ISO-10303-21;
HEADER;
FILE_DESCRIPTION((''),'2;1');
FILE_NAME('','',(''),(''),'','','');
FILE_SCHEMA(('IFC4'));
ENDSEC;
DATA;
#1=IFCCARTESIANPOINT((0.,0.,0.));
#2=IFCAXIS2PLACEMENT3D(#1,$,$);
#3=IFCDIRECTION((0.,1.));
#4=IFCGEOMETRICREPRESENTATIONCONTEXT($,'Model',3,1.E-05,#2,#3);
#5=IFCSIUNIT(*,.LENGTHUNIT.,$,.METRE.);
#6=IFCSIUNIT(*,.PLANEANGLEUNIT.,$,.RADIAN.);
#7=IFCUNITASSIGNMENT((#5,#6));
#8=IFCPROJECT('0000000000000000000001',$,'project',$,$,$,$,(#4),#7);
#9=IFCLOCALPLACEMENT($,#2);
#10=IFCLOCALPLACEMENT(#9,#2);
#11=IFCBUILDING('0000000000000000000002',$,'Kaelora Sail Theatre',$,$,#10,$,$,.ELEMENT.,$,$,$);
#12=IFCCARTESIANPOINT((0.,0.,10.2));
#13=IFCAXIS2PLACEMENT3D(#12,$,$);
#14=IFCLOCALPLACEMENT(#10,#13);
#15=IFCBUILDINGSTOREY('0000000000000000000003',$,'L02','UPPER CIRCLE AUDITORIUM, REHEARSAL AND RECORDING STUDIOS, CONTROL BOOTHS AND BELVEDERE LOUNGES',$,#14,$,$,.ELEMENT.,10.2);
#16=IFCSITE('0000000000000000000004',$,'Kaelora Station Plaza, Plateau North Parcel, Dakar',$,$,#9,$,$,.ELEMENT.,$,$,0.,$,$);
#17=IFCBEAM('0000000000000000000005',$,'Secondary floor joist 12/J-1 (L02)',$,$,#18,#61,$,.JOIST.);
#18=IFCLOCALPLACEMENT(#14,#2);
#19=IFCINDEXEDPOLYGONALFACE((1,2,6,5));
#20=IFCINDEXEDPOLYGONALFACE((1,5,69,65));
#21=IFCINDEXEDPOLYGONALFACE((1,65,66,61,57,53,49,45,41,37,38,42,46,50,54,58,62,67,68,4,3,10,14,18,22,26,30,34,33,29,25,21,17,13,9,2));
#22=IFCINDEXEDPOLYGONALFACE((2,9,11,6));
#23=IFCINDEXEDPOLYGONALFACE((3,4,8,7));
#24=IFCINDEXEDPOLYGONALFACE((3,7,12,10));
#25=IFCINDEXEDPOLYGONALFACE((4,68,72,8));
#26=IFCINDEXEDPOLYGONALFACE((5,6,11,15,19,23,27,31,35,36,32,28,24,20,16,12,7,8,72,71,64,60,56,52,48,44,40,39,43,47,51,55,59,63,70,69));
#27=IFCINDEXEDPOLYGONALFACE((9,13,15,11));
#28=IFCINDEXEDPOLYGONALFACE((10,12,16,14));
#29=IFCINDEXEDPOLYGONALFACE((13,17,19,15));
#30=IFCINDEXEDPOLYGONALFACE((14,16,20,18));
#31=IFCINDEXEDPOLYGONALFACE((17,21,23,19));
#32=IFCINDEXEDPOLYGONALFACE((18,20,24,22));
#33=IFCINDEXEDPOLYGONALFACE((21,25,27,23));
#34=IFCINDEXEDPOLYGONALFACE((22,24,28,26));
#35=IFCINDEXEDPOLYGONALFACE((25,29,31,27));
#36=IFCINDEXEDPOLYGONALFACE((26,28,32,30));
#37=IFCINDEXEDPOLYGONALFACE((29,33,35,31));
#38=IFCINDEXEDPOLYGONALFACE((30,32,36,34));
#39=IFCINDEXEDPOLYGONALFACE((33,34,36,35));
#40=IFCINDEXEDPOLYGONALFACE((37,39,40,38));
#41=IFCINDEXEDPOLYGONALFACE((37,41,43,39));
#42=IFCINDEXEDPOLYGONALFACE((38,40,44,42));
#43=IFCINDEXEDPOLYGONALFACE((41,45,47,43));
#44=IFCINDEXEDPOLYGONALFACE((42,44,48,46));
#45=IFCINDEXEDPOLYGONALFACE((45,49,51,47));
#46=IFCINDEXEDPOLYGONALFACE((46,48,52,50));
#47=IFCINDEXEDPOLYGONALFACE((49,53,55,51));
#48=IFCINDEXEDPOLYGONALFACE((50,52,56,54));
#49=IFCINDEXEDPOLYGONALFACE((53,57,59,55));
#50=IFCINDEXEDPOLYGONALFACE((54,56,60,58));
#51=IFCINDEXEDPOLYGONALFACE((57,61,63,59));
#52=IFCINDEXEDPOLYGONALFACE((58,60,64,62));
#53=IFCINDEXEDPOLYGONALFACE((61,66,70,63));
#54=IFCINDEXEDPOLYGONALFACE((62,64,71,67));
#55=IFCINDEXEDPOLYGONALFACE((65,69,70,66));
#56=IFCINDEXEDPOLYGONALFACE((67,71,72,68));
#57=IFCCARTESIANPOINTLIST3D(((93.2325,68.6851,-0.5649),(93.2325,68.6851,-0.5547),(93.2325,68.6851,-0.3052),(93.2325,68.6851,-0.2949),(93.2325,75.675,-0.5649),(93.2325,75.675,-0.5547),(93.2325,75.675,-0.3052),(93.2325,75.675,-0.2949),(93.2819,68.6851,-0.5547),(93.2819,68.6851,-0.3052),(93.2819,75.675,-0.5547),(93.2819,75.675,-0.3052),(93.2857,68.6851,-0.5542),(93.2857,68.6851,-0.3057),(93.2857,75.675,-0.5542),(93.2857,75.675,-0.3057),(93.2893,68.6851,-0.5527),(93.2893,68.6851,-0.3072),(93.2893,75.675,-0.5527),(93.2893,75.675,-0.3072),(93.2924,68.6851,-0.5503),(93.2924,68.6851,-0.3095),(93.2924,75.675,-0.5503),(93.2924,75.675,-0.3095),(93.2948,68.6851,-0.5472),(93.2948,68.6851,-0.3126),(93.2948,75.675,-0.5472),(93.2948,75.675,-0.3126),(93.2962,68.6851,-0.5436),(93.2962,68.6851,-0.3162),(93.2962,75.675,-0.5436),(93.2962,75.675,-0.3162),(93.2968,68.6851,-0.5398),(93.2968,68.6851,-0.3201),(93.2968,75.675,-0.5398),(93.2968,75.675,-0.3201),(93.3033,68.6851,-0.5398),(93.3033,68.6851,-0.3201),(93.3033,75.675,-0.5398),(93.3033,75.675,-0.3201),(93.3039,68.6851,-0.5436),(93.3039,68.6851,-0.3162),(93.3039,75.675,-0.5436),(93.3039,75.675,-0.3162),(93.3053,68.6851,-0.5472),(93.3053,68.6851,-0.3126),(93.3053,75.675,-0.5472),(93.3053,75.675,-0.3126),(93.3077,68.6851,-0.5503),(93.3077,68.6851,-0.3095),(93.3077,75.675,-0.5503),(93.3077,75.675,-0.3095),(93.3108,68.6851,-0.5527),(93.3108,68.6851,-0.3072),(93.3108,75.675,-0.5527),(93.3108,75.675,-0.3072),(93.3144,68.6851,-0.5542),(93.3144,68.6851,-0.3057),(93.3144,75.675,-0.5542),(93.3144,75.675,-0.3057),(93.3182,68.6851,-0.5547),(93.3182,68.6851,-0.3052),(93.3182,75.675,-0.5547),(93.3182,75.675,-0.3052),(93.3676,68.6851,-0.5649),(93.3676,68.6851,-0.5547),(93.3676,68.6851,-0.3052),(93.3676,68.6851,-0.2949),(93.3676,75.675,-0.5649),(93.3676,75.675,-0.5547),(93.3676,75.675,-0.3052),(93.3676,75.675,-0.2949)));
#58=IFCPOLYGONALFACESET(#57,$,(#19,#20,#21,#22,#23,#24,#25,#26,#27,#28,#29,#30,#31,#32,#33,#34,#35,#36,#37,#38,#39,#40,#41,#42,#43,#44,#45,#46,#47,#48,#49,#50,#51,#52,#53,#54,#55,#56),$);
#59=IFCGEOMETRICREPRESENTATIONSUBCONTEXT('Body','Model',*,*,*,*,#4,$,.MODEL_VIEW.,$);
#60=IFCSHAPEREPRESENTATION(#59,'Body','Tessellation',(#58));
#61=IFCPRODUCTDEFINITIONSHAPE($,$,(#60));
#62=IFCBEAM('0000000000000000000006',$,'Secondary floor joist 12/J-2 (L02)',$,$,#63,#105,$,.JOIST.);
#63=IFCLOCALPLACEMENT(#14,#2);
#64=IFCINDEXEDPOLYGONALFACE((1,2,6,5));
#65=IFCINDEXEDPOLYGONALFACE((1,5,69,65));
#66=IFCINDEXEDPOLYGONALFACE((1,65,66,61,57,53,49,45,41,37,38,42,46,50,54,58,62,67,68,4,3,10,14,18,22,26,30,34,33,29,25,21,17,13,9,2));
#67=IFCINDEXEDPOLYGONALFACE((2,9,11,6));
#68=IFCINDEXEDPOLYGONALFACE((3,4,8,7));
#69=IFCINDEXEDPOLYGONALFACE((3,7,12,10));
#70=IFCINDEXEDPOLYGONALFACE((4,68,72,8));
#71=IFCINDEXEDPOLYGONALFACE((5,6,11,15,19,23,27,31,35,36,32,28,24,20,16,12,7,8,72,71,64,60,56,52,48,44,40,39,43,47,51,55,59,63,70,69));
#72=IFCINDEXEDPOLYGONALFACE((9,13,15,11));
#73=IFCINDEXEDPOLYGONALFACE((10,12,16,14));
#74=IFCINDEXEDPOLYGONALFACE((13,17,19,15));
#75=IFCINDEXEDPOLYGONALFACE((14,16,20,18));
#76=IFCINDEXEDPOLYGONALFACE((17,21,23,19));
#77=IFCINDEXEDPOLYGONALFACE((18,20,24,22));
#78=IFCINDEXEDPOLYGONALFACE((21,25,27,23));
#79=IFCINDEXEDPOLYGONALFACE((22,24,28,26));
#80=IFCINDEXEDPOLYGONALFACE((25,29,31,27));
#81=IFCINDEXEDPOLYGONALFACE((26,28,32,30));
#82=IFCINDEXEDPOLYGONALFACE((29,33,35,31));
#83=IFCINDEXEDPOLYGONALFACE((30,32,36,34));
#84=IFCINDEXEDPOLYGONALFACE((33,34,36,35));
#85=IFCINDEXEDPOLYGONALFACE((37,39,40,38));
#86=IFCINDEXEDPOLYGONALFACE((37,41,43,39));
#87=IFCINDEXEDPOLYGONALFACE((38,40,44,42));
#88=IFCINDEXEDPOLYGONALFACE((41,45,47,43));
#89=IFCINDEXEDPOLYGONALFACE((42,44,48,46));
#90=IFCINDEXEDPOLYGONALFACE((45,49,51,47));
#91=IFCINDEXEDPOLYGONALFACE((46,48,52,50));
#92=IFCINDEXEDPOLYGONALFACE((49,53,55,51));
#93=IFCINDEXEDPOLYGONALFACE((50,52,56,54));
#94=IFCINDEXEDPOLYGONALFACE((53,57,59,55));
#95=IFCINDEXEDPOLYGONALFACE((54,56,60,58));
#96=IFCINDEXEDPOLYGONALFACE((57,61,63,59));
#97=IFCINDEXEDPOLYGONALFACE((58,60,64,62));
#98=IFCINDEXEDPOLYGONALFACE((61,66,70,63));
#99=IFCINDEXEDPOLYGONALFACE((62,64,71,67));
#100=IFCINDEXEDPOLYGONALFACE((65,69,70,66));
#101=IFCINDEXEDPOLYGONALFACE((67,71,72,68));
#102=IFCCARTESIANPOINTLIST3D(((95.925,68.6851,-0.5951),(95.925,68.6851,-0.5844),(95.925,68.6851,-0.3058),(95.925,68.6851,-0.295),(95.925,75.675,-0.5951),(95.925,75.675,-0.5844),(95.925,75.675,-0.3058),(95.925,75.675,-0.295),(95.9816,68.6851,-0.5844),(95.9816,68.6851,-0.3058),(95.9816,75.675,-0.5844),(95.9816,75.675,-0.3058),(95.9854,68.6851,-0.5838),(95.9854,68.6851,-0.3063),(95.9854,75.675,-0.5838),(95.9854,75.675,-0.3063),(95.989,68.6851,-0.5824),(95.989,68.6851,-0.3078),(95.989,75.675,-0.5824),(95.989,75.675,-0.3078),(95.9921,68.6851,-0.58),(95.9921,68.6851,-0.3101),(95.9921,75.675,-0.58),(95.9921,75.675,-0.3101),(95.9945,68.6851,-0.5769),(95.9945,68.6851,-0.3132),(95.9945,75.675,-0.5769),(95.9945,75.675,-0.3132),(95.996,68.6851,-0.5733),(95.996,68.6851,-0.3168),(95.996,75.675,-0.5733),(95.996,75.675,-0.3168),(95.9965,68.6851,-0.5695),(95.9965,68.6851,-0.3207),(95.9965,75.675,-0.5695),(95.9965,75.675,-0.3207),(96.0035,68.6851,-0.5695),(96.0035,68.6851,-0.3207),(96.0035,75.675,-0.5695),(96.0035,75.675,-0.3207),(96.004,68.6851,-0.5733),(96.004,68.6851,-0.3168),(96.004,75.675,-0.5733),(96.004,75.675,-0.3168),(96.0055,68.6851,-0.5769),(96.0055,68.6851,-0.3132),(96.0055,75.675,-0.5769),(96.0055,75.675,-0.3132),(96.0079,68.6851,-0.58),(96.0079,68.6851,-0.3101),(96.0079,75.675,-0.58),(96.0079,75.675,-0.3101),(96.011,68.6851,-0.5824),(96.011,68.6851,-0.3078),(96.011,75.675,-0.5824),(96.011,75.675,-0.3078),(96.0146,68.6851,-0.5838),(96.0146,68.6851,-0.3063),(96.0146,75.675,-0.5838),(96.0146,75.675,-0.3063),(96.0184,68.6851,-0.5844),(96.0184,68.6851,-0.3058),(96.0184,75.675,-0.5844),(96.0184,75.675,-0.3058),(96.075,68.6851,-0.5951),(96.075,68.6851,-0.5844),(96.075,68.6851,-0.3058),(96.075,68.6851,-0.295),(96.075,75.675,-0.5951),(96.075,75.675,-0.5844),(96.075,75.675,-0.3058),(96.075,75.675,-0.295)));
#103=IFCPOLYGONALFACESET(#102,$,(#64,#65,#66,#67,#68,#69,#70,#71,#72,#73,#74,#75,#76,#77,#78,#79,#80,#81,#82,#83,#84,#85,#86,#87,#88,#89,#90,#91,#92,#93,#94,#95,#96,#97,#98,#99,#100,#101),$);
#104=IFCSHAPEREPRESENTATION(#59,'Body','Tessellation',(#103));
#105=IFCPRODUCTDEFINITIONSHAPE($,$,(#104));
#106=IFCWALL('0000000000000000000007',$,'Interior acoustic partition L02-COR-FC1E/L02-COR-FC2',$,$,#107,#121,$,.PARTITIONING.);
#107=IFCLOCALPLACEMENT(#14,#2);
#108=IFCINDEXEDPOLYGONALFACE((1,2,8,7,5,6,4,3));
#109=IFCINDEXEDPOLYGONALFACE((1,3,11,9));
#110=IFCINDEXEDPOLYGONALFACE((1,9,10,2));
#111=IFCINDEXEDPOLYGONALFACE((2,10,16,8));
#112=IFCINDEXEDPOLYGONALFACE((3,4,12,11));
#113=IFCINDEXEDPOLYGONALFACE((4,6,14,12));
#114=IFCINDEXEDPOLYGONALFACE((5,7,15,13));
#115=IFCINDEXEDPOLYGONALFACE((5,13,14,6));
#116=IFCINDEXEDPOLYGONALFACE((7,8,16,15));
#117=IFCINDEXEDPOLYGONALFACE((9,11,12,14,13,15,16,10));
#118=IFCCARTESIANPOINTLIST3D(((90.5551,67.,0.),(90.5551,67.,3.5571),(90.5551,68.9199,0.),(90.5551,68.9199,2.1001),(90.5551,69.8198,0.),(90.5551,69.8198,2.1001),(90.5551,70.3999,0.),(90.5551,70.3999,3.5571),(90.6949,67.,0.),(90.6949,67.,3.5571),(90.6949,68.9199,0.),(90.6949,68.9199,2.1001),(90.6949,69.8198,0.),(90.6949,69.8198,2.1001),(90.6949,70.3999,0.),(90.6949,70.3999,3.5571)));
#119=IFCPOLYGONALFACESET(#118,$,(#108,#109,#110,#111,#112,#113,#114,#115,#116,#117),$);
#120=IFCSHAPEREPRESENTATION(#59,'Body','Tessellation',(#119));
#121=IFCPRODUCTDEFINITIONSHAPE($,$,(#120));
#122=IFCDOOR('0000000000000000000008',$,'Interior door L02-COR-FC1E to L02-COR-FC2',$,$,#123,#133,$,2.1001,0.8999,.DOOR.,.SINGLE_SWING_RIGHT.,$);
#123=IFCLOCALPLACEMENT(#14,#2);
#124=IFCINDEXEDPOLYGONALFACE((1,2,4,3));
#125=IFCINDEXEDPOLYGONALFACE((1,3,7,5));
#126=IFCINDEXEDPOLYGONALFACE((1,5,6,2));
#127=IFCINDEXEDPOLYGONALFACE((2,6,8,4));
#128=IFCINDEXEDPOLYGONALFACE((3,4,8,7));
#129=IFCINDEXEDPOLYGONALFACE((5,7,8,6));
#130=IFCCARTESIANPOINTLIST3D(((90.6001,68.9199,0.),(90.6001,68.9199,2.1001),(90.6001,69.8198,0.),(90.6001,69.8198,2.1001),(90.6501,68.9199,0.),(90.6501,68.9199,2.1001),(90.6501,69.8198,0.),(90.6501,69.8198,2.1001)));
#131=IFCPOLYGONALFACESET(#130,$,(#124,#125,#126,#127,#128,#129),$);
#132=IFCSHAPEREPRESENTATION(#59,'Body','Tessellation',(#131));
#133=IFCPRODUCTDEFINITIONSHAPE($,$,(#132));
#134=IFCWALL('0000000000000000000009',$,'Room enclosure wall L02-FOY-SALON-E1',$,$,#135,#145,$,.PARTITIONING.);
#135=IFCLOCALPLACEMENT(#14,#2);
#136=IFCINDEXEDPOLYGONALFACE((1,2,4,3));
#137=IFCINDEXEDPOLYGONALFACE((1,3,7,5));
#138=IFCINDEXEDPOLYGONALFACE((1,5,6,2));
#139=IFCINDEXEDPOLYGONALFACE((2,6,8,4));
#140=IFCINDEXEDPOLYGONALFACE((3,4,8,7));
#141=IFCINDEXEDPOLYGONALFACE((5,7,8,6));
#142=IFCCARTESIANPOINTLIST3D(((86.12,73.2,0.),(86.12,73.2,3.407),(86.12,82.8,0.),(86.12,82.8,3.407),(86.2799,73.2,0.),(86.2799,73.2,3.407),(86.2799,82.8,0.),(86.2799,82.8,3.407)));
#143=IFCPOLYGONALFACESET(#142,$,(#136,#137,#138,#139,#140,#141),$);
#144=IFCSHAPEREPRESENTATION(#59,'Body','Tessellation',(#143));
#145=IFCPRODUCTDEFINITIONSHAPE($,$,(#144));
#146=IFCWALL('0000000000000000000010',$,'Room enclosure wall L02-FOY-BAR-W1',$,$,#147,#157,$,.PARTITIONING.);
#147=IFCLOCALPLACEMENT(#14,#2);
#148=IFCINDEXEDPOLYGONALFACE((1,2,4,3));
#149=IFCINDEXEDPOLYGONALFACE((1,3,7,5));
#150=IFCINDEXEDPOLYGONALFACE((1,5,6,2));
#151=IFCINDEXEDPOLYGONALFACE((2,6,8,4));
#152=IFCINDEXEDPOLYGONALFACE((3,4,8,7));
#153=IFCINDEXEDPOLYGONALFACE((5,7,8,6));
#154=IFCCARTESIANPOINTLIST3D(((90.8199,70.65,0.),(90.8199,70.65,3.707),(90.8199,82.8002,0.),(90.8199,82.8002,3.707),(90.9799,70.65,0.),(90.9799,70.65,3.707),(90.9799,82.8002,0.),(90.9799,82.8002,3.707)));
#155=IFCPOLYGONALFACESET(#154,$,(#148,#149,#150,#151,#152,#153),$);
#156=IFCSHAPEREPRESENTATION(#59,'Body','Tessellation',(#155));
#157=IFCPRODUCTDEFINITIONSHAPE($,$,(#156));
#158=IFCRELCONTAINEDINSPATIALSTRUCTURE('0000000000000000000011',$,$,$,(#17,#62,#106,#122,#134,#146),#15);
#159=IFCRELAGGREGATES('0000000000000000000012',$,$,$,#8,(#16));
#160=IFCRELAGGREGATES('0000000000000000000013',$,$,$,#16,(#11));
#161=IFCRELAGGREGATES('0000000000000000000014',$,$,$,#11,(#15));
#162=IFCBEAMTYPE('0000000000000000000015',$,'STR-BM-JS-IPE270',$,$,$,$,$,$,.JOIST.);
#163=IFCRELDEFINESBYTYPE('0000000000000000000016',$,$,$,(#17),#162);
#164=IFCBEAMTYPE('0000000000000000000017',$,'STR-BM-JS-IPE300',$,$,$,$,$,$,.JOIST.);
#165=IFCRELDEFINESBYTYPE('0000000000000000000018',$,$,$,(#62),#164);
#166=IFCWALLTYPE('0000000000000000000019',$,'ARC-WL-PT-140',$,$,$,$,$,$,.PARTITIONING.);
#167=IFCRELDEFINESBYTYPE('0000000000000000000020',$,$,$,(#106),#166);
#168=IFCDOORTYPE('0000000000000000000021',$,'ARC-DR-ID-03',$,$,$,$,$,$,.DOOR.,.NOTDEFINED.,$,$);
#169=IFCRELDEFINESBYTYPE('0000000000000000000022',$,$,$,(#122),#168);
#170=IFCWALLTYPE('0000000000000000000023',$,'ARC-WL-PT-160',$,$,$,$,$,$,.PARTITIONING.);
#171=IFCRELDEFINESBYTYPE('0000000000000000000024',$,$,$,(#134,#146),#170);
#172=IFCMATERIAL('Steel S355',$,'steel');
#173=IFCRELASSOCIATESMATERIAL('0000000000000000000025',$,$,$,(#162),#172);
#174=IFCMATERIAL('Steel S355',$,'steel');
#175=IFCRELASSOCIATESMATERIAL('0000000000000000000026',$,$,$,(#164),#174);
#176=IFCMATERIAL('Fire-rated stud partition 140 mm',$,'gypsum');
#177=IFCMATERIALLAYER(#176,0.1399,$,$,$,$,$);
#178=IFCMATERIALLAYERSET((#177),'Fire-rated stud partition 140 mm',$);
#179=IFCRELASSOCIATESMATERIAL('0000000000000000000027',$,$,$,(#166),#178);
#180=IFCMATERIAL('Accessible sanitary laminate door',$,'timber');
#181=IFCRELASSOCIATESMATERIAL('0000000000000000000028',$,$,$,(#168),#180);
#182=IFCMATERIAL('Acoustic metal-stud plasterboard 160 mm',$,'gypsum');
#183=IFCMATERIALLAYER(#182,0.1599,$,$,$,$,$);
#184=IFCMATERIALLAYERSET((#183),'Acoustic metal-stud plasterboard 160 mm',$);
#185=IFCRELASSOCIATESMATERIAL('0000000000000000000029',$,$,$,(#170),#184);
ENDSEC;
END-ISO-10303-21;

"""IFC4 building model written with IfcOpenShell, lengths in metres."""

from ifc_helpers import new_model, si_unit, direction, frame, frame_2d, origin, origin_2d, place, context, subcontext, project, spatial, rectangle, i_section, extrude, material, layer, layer_set, material_profile, profile_set, type_object, element, fill, save


model = new_model("IFC4")

# Units and contexts
model_context = context("Model", 3, precision=1e-05, world=origin(), true_north=direction((0.0, 1.0)))
body_context = subcontext(model_context, "Body", "Model", "MODEL_VIEW")
ifc_project = project(units=[si_unit("LENGTHUNIT", "METRE"), si_unit("PLANEANGLEUNIT", "RADIAN")], contexts=[model_context])

# Site, building, storey
site_placement = place(None, origin())
site = spatial("IfcSite", under=ifc_project, at=site_placement, Name="Kaelora Station Plaza, Plateau North Parcel, Dakar", CompositionType="ELEMENT", RefElevation=0.0)
building_placement = place(site_placement, origin())
building = spatial("IfcBuilding", under=site, at=building_placement, Name="Kaelora Sail Theatre", CompositionType="ELEMENT")
storey_placement = place(building_placement, frame((0.0, 0.0, 10.2)))
storey = spatial("IfcBuildingStorey", under=building, at=storey_placement, Name="L02", Description="UPPER CIRCLE AUDITORIUM, REHEARSAL AND RECORDING STUDIOS, CONTROL BOOTHS AND BELVEDERE LOUNGES", CompositionType="ELEMENT", Elevation=10.2)

# Beams
ifc_material_1 = material(Name="Steel S355", Category="steel")
ifc_material_profile_1 = material_profile(ifc_material_1, i_section(OverallWidth=0.135, OverallDepth=0.27, WebThickness=0.0066, FlangeThickness=0.0103, FilletRadius=0.0149, at=origin_2d()), Name="IPE 270")
ifc_profile_set_1 = profile_set([ifc_material_profile_1], Name="Steel S355")
beam_type_1 = type_object("IfcBeamType", Name="STR-BM-JS-IPE270", PredefinedType="JOIST", material=ifc_profile_set_1)
beam_1_placement = place(storey_placement, frame((93.3, 68.6851, -0.4299), z_axis=(0.0, 1.0, 0.0), x_axis=(-1.0, 0.0, 0.0)))
element("IfcBeam", 1, at=beam_1_placement, inside=storey, type_object=beam_type_1, Name="Secondary floor joist 12/J-1 (L02)", PredefinedType="JOIST", context=body_context, shape_type="SweptSolid", body=[
    extrude(i_section(OverallWidth=0.135, OverallDepth=0.27, WebThickness=0.0066, FlangeThickness=0.0103, FilletRadius=0.0149, at=origin_2d()), origin(), (0.0, 0.0, 1.0), 6.99),
])
ifc_material_2 = material(Name="Steel S355", Category="steel")
ifc_material_profile_2 = material_profile(ifc_material_2, i_section(OverallWidth=0.1499, OverallDepth=0.3, WebThickness=0.0071, FlangeThickness=0.0107, FilletRadius=0.0149, at=origin_2d()), Name="IPE 300")
ifc_profile_set_2 = profile_set([ifc_material_profile_2], Name="Steel S355")
beam_type_2 = type_object("IfcBeamType", Name="STR-BM-JS-IPE300", PredefinedType="JOIST", material=ifc_profile_set_2)
beam_2_placement = place(storey_placement, frame((96.0, 68.6851, -0.4451), z_axis=(0.0, 1.0, 0.0), x_axis=(-1.0, 0.0, 0.0)))
element("IfcBeam", 2, at=beam_2_placement, inside=storey, type_object=beam_type_2, Name="Secondary floor joist 12/J-2 (L02)", PredefinedType="JOIST", context=body_context, shape_type="SweptSolid", body=[
    extrude(i_section(OverallWidth=0.1499, OverallDepth=0.3, WebThickness=0.0071, FlangeThickness=0.0107, FilletRadius=0.0149, at=origin_2d()), origin(), (0.0, 0.0, 1.0), 6.99),
])

# Wall, opening, door
ifc_material_3 = material(Name="Fire-rated stud partition 140 mm", Category="gypsum")
ifc_layer_1 = layer(ifc_material_3, 0.1399)
ifc_layer_set_1 = layer_set([ifc_layer_1], Name="Fire-rated stud partition 140 mm")
wall_type_1 = type_object("IfcWallType", Name="ARC-WL-PT-140", PredefinedType="PARTITIONING", material=ifc_layer_set_1)
wall_1_placement = place(storey_placement, frame((90.625, 67.0, 0.0), z_axis=(0.0, 0.0, 1.0), x_axis=(0.0, 1.0, 0.0)))
wall_1 = element("IfcWall", 3, at=wall_1_placement, inside=storey, type_object=wall_type_1, Name="Interior acoustic partition L02-COR-FC1E/L02-COR-FC2", PredefinedType="PARTITIONING", context=body_context, shape_type="SweptSolid", body=[
    extrude(rectangle(XDim=3.3999, YDim=0.1399, at=frame_2d((1.7, 0.0))), origin(), (0.0, 0.0, 1.0), 3.5571),
])
opening_1_placement = place(wall_1_placement, frame((1.9199, 0.0, 0.0)))
opening_1 = element("IfcOpeningElement", 4, at=opening_1_placement, cuts=wall_1, PredefinedType="OPENING", context=body_context, shape_type="SweptSolid", body=[
    extrude(rectangle(XDim=0.8999, YDim=2.1001, at=frame_2d((0.45, 1.05))), frame((0.0, 0.0798, 0.0), z_axis=(0.0, -1.0, 0.0), x_axis=(1.0, 0.0, 0.0)), (0.0, 0.0, 1.0), 0.1599),
])
ifc_material_4 = material(Name="Accessible sanitary laminate door", Category="timber")
door_type_1 = type_object("IfcDoorType", Name="ARC-DR-ID-03", OperationType="NOTDEFINED", PredefinedType="DOOR", material=ifc_material_4)
door_1_placement = place(opening_1_placement, origin())
door_1 = element("IfcDoor", 5, at=door_1_placement, inside=storey, type_object=door_type_1, Name="Interior door L02-COR-FC1E to L02-COR-FC2", OperationType="SINGLE_SWING_RIGHT", OverallHeight=2.1001, OverallWidth=0.8999, PredefinedType="DOOR", context=body_context, shape_type="SweptSolid", body=[
    extrude(rectangle(XDim=0.8999, YDim=2.1001, at=frame_2d((0.45, 1.05))), frame((0.0, 0.0249, 0.0), z_axis=(0.0, -1.0, 0.0), x_axis=(1.0, 0.0, 0.0)), (0.0, 0.0, 1.0), 0.05),
])
fill(opening_1, door_1)

# Walls
ifc_material_5 = material(Name="Acoustic metal-stud plasterboard 160 mm", Category="gypsum")
ifc_layer_2 = layer(ifc_material_5, 0.1599)
ifc_layer_set_2 = layer_set([ifc_layer_2], Name="Acoustic metal-stud plasterboard 160 mm")
wall_type_2 = type_object("IfcWallType", Name="ARC-WL-PT-160", PredefinedType="PARTITIONING", material=ifc_layer_set_2)
wall_2_placement = place(storey_placement, frame((86.2, 73.2, 0.0), z_axis=(0.0, 0.0, 1.0), x_axis=(0.0, 1.0, 0.0)))
element("IfcWall", 6, at=wall_2_placement, inside=storey, type_object=wall_type_2, Name="Room enclosure wall L02-FOY-SALON-E1", PredefinedType="PARTITIONING", context=body_context, shape_type="SweptSolid", body=[
    extrude(rectangle(XDim=9.6001, YDim=0.1599, at=frame_2d((4.8, 0.0))), origin(), (0.0, 0.0, 1.0), 3.407),
])
wall_3_placement = place(storey_placement, frame((90.8999, 70.6499, 0.0), z_axis=(0.0, 0.0, 1.0), x_axis=(0.0, 1.0, 0.0)))
element("IfcWall", 7, at=wall_3_placement, inside=storey, type_object=wall_type_2, Name="Room enclosure wall L02-FOY-BAR-W1", PredefinedType="PARTITIONING", context=body_context, shape_type="SweptSolid", body=[
    extrude(rectangle(XDim=12.1501, YDim=0.1599, at=frame_2d((6.0752, 0.0))), origin(), (0.0, 0.0, 1.0), 3.707),
])

save(model, "model.ifc")
